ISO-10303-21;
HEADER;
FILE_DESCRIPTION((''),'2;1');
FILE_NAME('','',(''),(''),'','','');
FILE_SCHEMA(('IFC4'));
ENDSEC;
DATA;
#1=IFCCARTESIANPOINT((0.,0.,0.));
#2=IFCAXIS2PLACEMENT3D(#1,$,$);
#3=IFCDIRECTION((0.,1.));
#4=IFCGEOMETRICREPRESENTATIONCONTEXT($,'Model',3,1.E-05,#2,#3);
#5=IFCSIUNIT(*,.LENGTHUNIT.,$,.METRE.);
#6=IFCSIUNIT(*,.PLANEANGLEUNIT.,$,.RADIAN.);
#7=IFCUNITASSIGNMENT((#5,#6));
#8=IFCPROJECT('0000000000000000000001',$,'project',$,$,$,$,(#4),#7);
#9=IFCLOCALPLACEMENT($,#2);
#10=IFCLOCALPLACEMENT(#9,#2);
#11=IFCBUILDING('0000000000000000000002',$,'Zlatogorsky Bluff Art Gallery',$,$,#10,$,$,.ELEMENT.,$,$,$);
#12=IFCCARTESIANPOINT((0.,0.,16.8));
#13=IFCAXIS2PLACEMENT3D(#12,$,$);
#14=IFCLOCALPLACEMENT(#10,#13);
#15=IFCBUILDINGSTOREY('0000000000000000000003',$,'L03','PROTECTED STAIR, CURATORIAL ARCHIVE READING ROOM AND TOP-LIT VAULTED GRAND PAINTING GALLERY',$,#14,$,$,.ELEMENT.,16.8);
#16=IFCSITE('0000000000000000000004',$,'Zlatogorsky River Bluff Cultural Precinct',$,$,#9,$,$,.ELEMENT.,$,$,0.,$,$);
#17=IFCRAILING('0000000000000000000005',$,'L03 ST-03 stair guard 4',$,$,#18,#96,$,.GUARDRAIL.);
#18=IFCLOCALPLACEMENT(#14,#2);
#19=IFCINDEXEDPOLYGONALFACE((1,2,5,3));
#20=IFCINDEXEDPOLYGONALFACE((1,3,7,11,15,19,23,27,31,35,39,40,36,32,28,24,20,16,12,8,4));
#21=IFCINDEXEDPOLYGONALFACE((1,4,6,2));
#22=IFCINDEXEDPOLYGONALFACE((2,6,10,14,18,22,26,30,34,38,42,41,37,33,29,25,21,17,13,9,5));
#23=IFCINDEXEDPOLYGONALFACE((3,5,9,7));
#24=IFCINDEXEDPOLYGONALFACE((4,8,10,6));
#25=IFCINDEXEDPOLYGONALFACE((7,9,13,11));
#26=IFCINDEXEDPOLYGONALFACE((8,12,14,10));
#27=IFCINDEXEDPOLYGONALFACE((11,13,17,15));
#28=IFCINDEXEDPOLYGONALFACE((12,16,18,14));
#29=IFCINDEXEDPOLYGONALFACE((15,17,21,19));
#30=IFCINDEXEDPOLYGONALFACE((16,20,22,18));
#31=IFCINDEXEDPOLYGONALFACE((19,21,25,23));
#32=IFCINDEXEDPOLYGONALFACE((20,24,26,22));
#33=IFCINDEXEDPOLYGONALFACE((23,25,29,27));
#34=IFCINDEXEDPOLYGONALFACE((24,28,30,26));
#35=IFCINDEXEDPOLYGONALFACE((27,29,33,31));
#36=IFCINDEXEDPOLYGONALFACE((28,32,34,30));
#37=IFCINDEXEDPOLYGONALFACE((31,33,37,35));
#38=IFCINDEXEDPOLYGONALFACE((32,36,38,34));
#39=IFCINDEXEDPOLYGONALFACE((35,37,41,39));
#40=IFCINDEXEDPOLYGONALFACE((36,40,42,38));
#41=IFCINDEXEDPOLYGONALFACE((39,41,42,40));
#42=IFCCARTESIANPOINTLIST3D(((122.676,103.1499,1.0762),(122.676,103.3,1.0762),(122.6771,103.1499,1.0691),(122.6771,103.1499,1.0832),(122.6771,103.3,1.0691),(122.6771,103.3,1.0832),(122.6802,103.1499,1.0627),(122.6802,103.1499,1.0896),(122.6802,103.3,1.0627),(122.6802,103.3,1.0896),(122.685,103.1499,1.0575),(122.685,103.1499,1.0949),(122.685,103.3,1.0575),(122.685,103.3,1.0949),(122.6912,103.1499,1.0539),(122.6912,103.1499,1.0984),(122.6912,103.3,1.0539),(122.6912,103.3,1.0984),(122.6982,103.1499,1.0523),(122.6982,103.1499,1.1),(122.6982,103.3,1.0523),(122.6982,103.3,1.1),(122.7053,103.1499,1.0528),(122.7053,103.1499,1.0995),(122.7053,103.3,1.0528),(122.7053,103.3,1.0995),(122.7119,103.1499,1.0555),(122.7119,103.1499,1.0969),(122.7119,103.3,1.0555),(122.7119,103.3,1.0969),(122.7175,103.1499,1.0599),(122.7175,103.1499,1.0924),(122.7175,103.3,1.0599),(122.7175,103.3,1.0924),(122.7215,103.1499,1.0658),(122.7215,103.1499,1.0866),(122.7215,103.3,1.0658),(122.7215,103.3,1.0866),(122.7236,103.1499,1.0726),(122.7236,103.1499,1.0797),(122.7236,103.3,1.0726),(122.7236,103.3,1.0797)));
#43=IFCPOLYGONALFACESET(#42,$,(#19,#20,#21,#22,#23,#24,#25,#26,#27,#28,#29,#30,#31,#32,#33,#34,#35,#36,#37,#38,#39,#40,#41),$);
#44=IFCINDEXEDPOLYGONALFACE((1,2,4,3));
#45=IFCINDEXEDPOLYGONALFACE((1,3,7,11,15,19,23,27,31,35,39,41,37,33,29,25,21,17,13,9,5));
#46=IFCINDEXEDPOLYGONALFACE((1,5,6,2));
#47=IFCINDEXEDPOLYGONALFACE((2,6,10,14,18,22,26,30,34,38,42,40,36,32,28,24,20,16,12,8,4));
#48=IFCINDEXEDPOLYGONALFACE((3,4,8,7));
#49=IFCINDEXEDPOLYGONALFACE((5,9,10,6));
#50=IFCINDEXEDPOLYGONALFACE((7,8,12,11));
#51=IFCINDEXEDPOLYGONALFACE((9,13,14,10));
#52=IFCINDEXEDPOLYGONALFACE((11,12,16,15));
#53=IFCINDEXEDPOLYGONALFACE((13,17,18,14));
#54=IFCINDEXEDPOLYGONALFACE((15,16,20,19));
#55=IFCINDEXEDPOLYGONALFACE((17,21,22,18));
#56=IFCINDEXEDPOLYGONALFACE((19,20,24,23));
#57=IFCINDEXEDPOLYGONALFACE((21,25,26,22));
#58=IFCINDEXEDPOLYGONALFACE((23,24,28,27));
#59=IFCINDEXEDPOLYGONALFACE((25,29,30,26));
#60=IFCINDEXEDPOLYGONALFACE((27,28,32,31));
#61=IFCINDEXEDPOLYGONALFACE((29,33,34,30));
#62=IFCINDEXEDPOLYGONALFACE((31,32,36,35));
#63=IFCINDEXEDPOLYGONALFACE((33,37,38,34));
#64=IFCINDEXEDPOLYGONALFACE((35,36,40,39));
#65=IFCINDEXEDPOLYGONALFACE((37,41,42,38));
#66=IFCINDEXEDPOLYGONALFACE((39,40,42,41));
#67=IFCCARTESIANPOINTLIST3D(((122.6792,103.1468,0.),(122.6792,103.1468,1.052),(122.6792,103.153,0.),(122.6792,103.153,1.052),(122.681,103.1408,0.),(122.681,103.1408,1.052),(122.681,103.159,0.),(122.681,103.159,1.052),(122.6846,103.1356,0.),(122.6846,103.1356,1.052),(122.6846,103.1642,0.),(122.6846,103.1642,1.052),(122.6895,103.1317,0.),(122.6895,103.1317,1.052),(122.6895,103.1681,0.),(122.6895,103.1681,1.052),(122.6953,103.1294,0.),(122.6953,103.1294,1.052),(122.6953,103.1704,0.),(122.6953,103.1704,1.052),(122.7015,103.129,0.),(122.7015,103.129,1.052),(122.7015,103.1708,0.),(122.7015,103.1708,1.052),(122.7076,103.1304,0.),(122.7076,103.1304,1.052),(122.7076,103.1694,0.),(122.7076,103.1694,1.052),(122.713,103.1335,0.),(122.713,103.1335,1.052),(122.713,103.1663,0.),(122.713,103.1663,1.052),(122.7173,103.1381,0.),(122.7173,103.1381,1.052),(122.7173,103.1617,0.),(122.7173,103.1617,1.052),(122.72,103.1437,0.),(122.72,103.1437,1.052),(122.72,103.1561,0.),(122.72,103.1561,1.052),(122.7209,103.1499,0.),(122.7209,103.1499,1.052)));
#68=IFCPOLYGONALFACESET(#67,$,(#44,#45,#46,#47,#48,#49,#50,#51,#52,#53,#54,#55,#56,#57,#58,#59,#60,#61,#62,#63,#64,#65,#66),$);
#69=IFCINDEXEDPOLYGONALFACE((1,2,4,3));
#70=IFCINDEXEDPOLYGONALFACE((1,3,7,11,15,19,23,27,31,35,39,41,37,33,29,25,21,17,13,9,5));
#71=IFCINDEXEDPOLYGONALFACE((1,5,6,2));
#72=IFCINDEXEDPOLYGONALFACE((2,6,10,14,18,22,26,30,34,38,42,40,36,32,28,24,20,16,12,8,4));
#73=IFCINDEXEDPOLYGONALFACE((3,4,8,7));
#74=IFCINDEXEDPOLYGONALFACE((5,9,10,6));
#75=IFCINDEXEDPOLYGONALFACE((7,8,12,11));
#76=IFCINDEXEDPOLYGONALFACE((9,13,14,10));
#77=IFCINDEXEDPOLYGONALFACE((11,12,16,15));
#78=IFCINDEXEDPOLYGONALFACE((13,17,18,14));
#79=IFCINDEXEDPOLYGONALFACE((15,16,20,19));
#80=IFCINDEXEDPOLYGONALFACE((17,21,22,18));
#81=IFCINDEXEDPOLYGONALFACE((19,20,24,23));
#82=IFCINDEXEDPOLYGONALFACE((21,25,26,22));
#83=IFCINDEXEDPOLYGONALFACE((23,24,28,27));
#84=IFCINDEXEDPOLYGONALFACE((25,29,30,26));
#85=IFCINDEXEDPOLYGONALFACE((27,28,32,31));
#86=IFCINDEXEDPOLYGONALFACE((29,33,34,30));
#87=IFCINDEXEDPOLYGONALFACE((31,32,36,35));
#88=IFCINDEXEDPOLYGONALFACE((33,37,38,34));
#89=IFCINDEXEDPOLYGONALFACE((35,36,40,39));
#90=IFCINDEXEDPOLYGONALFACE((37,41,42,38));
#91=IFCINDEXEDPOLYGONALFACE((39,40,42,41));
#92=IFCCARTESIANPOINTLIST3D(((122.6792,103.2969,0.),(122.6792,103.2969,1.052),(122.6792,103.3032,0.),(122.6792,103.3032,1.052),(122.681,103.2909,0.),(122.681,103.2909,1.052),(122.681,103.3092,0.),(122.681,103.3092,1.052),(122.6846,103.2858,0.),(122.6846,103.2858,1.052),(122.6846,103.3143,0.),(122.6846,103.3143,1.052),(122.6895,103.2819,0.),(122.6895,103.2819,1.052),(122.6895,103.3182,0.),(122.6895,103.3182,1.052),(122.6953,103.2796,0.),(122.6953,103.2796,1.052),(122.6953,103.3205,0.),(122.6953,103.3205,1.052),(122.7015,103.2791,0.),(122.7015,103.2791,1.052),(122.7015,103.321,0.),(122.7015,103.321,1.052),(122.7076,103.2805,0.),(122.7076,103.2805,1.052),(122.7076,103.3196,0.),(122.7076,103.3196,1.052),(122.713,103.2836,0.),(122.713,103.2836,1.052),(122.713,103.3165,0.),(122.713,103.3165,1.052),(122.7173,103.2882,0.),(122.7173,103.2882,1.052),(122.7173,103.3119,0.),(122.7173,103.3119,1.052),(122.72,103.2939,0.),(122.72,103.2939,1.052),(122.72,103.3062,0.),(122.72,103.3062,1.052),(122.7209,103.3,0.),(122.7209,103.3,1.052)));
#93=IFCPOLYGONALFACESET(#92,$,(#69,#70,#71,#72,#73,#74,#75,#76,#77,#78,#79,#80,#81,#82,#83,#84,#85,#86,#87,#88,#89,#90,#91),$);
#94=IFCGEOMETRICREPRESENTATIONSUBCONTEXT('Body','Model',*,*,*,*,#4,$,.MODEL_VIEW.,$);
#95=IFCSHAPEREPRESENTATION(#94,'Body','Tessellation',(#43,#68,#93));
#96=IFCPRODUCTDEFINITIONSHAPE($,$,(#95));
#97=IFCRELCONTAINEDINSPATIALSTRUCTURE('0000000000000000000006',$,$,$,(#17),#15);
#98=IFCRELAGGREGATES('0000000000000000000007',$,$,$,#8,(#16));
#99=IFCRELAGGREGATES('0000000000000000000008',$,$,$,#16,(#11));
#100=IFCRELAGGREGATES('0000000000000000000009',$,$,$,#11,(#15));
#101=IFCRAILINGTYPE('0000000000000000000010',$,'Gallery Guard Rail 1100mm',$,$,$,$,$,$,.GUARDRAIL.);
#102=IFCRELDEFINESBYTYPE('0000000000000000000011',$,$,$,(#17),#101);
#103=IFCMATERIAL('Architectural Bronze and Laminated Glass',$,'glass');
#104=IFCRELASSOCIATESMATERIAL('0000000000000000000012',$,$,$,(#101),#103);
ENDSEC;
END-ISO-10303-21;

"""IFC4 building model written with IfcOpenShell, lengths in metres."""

from ifc_helpers import new_model, si_unit, direction, frame, origin, origin_2d, place, context, subcontext, project, spatial, circle, extrude, material, type_object, element, save


model = new_model("IFC4")

# Units and contexts
model_context = context("Model", 3, precision=1e-05, world=origin(), true_north=direction((0.0, 1.0)))
body_context = subcontext(model_context, "Body", "Model", "MODEL_VIEW")
ifc_project = project(units=[si_unit("LENGTHUNIT", "METRE"), si_unit("PLANEANGLEUNIT", "RADIAN")], contexts=[model_context])

# Site, building, storey
site_placement = place(None, origin())
site = spatial("IfcSite", under=ifc_project, at=site_placement, Name="Zlatogorsky River Bluff Cultural Precinct", CompositionType="ELEMENT", RefElevation=0.0)
building_placement = place(site_placement, origin())
building = spatial("IfcBuilding", under=site, at=building_placement, Name="Zlatogorsky Bluff Art Gallery", CompositionType="ELEMENT")
storey_placement = place(building_placement, frame((0.0, 0.0, 16.8)))
storey = spatial("IfcBuildingStorey", under=building, at=storey_placement, Name="L03", Description="PROTECTED STAIR, CURATORIAL ARCHIVE READING ROOM AND TOP-LIT VAULTED GRAND PAINTING GALLERY", CompositionType="ELEMENT", Elevation=16.8)

# Railing
ifc_material_1 = material(Name="Architectural Bronze and Laminated Glass", Category="glass")
railing_type_1 = type_object("IfcRailingType", Name="Gallery Guard Rail 1100mm", PredefinedType="GUARDRAIL", material=ifc_material_1)
railing_1_placement = place(storey_placement, frame((122.7, 103.1499, 0.0)))
element("IfcRailing", 1, at=railing_1_placement, inside=storey, type_object=railing_type_1, Name="L03 ST-03 stair guard 4", PredefinedType="GUARDRAIL", context=body_context, shape_type="SweptSolid", body=[
    extrude(circle(Radius=0.0239, at=origin_2d()), frame((0.0, 0.0, 1.0762), z_axis=(0.0, 1.0, 0.0), x_axis=(-1.0, 0.0, 0.0)), (0.0, 0.0, 1.0), 0.1501),
    extrude(circle(Radius=0.021, at=origin_2d()), origin(), (0.0, 0.0, 1.0), 1.052),
    extrude(circle(Radius=0.021, at=origin_2d()), frame((0.0, 0.1501, 0.0)), (0.0, 0.0, 1.0), 1.052),
])

save(model, "model.ifc")
